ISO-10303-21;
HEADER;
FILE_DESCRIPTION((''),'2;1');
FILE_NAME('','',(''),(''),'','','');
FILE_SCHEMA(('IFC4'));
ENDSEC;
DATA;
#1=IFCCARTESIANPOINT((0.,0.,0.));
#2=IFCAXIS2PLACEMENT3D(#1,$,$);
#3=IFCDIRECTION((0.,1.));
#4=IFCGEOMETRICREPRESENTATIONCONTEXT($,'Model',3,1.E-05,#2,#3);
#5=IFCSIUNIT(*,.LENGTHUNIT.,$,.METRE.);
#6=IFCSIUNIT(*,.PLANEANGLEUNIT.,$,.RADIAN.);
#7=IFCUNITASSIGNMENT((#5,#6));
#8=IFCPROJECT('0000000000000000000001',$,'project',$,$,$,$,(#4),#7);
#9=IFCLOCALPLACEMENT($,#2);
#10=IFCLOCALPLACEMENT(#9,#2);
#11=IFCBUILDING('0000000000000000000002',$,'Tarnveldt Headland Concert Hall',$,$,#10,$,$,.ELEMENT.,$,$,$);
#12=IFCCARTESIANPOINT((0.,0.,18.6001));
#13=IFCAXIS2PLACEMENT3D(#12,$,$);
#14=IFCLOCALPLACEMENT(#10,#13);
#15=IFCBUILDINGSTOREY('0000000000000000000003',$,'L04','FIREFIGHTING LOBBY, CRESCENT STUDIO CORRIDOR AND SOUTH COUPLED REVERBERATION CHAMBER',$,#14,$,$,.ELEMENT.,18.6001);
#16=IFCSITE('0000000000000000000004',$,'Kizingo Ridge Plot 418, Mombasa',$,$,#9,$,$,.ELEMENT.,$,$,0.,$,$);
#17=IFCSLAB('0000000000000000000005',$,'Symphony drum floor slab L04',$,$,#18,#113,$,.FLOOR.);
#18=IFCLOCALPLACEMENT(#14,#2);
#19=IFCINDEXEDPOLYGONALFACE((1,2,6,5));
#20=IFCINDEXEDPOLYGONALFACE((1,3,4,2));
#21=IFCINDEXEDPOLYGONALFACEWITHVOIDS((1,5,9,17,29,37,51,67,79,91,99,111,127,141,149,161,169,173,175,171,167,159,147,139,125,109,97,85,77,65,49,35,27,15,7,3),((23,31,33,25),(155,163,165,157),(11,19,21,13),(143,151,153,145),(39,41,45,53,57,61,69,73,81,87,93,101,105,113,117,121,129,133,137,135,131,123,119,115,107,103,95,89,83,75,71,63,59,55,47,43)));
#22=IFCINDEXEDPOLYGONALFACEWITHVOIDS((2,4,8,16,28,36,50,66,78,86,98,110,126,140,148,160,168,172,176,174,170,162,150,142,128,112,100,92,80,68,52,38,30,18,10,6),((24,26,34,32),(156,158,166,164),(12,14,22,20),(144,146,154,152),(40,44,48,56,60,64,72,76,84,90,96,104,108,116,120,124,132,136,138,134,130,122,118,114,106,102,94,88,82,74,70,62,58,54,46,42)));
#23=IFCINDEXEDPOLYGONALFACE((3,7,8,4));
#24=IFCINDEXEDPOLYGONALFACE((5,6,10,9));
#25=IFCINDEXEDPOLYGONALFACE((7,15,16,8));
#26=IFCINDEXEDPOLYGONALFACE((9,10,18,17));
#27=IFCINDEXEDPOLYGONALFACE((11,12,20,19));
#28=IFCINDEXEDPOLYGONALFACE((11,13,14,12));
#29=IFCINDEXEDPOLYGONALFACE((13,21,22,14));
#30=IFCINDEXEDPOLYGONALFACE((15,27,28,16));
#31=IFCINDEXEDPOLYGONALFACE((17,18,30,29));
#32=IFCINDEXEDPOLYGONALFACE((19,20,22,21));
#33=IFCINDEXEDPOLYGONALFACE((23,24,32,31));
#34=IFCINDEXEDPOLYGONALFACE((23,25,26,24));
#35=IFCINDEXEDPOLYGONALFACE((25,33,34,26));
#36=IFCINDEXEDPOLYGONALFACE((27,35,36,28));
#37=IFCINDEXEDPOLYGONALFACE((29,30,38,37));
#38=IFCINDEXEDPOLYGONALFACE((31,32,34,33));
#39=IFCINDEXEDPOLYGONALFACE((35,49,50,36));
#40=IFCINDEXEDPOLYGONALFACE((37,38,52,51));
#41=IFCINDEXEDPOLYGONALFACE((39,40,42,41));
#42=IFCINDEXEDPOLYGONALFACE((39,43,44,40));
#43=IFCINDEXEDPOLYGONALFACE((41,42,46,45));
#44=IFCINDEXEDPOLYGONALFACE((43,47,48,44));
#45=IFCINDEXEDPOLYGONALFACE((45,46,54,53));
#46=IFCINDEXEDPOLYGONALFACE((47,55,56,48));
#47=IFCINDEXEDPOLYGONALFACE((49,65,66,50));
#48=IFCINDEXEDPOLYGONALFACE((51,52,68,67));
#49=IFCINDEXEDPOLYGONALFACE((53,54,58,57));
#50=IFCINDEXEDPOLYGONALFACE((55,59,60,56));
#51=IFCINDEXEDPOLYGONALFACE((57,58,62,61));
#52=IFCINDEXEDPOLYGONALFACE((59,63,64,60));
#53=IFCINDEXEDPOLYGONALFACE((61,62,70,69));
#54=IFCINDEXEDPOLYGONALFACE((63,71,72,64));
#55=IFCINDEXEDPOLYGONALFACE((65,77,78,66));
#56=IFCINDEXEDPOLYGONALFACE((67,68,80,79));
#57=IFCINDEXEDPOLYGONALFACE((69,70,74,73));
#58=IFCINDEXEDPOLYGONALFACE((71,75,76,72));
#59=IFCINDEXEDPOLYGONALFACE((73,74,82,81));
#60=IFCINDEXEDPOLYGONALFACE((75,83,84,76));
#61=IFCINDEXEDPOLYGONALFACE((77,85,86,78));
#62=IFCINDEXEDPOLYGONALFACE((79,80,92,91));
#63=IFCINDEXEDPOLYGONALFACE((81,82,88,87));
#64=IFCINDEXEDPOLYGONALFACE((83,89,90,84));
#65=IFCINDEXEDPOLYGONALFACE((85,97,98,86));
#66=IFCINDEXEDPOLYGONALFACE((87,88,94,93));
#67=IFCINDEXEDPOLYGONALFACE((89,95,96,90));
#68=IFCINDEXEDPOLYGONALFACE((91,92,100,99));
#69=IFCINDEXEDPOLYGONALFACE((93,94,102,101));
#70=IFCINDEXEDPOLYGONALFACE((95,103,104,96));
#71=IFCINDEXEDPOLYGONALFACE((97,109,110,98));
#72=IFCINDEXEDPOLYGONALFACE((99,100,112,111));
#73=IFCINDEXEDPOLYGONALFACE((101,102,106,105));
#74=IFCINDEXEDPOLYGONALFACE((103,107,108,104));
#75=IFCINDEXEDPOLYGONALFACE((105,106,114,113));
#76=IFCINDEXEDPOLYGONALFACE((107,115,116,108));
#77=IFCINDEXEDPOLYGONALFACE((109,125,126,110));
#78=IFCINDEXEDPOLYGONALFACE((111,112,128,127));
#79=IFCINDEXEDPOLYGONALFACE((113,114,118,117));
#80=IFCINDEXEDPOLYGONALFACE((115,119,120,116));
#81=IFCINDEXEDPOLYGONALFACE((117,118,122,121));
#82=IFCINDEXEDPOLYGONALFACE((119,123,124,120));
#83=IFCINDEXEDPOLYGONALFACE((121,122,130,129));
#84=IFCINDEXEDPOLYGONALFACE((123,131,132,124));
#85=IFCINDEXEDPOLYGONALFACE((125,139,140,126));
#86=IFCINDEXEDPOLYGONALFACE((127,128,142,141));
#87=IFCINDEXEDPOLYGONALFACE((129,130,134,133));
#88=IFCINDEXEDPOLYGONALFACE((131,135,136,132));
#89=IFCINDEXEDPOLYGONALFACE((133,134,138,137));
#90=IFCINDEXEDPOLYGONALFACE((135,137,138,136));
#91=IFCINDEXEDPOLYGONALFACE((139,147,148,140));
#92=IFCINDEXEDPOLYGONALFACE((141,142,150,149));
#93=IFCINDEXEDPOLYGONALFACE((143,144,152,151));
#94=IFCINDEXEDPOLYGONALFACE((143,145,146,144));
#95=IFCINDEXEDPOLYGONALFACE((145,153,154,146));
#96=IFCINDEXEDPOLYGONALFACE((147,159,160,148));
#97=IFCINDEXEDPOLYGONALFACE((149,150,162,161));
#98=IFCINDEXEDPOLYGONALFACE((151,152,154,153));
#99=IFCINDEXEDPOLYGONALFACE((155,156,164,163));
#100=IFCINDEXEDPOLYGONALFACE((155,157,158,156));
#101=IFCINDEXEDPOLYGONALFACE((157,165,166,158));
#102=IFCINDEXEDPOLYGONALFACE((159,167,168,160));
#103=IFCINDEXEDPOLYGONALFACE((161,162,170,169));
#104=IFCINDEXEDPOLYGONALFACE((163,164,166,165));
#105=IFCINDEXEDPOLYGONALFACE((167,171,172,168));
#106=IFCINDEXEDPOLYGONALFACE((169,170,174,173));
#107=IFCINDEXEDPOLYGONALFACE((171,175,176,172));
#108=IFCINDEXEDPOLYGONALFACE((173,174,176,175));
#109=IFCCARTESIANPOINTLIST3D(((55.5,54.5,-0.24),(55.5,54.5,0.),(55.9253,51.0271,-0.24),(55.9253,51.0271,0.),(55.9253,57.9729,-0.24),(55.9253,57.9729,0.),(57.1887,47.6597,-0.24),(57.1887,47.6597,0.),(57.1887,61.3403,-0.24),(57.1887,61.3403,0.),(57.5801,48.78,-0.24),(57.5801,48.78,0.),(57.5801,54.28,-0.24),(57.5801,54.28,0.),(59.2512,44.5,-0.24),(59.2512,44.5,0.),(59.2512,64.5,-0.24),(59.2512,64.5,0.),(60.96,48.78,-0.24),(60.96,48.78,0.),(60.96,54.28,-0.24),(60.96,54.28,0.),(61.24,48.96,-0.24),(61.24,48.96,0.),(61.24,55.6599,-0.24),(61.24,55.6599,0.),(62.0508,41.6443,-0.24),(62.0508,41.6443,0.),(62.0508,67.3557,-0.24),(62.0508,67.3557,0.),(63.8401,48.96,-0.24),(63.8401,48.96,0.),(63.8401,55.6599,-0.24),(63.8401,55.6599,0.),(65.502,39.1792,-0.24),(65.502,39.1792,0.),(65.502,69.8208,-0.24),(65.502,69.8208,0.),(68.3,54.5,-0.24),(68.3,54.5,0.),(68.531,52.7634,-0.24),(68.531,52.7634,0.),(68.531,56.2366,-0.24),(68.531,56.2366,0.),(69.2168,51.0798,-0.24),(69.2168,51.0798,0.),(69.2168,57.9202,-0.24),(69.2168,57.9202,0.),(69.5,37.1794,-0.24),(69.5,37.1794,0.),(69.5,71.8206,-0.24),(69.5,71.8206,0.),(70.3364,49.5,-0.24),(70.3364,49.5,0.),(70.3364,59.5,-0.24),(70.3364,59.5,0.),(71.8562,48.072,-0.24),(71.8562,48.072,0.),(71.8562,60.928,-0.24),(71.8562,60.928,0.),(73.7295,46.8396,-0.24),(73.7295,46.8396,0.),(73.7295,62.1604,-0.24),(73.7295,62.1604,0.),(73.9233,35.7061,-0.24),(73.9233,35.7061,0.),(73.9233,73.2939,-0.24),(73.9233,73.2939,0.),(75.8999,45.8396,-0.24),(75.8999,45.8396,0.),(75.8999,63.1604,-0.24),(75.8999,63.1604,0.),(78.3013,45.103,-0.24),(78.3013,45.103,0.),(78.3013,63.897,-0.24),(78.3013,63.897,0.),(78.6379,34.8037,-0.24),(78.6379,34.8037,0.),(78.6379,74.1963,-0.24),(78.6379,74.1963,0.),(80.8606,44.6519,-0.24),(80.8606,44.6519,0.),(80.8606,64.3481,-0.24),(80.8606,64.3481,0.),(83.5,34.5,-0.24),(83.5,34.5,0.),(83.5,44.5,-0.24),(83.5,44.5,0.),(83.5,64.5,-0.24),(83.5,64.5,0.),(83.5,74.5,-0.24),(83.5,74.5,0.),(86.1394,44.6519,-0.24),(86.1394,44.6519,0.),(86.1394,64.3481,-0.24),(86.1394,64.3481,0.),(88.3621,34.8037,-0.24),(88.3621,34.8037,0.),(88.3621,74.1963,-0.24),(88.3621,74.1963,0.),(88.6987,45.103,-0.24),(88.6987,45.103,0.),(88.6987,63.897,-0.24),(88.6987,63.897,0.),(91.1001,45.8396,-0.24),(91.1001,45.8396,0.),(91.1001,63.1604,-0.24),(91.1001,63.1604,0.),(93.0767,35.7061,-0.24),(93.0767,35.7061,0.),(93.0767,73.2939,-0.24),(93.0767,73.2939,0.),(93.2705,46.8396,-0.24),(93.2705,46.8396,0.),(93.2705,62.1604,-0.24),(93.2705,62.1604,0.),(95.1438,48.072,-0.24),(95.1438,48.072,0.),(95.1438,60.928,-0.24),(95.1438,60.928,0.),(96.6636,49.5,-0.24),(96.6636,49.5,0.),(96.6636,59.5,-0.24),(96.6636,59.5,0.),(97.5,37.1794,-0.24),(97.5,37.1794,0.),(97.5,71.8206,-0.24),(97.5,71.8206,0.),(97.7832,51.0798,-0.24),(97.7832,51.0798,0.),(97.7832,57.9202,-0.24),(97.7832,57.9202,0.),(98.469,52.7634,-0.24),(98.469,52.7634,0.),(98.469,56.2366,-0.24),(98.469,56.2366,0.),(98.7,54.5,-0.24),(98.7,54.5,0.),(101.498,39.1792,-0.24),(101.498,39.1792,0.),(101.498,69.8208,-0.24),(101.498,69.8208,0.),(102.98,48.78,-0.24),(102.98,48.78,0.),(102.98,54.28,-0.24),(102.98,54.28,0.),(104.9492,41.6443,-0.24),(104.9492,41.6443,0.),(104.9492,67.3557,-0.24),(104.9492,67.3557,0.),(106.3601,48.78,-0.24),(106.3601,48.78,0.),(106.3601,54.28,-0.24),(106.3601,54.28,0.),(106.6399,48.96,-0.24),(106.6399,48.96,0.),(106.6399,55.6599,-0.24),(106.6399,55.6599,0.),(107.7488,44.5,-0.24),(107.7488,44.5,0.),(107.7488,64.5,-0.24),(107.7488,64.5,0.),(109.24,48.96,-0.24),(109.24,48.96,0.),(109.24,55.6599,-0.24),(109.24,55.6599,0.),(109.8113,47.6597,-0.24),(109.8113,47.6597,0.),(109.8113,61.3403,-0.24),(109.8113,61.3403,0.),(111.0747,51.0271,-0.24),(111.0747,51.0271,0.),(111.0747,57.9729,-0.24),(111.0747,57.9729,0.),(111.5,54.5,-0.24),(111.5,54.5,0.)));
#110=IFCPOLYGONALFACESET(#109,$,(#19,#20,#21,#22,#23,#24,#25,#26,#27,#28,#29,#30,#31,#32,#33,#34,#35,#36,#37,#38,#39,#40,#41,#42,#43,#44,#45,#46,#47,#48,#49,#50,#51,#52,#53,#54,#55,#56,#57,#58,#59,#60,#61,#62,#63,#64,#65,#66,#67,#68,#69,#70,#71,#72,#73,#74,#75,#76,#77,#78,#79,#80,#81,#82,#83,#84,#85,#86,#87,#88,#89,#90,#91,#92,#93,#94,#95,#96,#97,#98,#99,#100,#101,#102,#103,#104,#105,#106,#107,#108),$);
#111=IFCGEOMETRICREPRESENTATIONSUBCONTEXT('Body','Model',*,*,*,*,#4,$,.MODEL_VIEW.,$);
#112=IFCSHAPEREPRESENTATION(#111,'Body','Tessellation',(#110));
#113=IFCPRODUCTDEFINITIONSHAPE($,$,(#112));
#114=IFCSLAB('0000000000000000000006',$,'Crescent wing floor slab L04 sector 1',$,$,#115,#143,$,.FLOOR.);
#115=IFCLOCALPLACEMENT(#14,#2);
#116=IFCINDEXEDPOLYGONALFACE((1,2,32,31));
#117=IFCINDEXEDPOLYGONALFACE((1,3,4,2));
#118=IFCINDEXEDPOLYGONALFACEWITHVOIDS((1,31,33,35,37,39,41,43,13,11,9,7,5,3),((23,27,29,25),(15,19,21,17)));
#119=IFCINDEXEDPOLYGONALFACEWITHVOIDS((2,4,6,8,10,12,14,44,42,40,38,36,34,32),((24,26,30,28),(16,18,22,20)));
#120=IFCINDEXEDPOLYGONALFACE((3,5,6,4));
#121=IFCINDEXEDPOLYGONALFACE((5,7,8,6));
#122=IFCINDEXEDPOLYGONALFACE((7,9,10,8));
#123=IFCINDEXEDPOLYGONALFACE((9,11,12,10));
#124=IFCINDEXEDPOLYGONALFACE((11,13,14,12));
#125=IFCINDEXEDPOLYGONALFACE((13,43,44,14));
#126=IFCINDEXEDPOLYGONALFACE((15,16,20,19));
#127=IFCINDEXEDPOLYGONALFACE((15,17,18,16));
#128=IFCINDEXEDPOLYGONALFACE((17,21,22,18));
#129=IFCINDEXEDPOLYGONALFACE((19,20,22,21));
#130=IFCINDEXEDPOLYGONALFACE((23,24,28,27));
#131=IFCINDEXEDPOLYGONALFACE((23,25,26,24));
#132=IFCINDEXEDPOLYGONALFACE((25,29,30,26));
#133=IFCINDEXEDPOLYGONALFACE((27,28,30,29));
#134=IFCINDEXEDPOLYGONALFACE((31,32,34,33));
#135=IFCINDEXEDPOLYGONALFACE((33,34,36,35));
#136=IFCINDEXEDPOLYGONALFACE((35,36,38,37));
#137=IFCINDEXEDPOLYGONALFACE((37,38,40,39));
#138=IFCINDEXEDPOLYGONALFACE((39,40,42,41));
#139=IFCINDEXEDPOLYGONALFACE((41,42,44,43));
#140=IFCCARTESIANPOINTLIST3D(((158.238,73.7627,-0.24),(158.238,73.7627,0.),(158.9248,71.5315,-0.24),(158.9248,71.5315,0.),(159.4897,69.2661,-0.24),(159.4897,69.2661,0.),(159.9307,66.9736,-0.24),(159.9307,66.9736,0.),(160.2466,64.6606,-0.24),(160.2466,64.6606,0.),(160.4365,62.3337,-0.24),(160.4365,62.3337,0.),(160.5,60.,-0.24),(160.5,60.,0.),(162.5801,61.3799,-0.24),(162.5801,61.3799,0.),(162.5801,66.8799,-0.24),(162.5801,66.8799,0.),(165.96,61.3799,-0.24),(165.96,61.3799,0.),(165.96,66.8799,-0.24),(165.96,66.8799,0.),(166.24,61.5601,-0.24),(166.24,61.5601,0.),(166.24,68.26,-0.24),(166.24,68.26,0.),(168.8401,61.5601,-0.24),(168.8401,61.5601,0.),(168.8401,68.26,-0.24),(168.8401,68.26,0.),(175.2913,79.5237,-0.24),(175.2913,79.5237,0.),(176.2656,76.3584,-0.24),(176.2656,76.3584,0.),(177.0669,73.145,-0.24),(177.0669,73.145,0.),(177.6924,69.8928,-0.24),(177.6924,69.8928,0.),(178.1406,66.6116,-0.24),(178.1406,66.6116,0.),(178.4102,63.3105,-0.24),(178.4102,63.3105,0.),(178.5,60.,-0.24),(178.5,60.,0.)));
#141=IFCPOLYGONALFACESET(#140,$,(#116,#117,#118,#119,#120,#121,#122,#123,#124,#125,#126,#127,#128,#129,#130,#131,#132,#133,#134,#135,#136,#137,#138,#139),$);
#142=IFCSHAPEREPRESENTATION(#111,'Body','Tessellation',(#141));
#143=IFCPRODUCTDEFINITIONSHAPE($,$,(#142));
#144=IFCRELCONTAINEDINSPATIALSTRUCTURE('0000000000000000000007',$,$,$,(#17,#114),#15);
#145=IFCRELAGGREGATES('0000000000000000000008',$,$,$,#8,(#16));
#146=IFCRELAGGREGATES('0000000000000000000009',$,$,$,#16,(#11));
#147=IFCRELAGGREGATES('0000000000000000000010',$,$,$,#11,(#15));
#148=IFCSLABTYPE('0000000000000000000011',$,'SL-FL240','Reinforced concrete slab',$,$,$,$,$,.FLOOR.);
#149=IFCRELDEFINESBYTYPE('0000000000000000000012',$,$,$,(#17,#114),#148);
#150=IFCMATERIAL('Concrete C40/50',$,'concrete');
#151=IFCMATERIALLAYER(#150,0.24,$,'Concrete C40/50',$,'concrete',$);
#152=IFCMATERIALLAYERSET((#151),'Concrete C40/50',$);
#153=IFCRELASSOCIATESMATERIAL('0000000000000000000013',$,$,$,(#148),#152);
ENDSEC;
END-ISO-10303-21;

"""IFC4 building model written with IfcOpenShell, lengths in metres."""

from ifc_helpers import new_model, si_unit, direction, frame, origin, place, context, subcontext, project, spatial, polyline, outline, extrude, material, layer, layer_set, type_object, element, save


model = new_model("IFC4")

# Units and contexts
model_context = context("Model", 3, precision=1e-05, world=origin(), true_north=direction((0.0, 1.0)))
body_context = subcontext(model_context, "Body", "Model", "MODEL_VIEW")
ifc_project = project(units=[si_unit("LENGTHUNIT", "METRE"), si_unit("PLANEANGLEUNIT", "RADIAN")], contexts=[model_context])

# Site, building, storey
site_placement = place(None, origin())
site = spatial("IfcSite", under=ifc_project, at=site_placement, Name="Kizingo Ridge Plot 418, Mombasa", CompositionType="ELEMENT", RefElevation=0.0)
building_placement = place(site_placement, origin())
building = spatial("IfcBuilding", under=site, at=building_placement, Name="Tarnveldt Headland Concert Hall", CompositionType="ELEMENT")
storey_placement = place(building_placement, frame((0.0, 0.0, 18.6001)))
storey = spatial("IfcBuildingStorey", under=building, at=storey_placement, Name="L04", Description="FIREFIGHTING LOBBY, CRESCENT STUDIO CORRIDOR AND SOUTH COUPLED REVERBERATION CHAMBER", CompositionType="ELEMENT", Elevation=18.6001)

# Slabs
ifc_material_1 = material(Name="Concrete C40/50", Category="concrete")
ifc_layer_1 = layer(ifc_material_1, 0.24, Name="Concrete C40/50", Category="concrete")
ifc_layer_set_1 = layer_set([ifc_layer_1], Name="Concrete C40/50")
slab_type_1 = type_object("IfcSlabType", Name="SL-FL240", Description="Reinforced concrete slab", PredefinedType="FLOOR", material=ifc_layer_set_1)
slab_1_placement = place(storey_placement, frame((0.0, 0.0, -0.24)))
element("IfcSlab", 1, at=slab_1_placement, inside=storey, type_object=slab_type_1, Name="Symphony drum floor slab L04", PredefinedType="FLOOR", context=body_context, shape_type="SweptSolid", body=[
    extrude(outline(polyline([(101.498, 39.1792), (104.9492, 41.6443), (107.7488, 44.5), (109.8113, 47.6597), (111.0747, 51.0271), (111.5, 54.5), (111.0747, 57.9729), (109.8113, 61.3403), (107.7488, 64.5), (104.9492, 67.3557), (101.498, 69.8208), (97.5, 71.8206), (93.0767, 73.2939), (88.3621, 74.1963), (83.5, 74.5), (78.6379, 74.1963), (73.9233, 73.2939), (69.5, 71.8206), (65.502, 69.8208), (62.0508, 67.3557), (59.2512, 64.5), (57.1887, 61.3403), (55.9253, 57.9729), (55.5, 54.5), (55.9253, 51.0271), (57.1887, 47.6597), (59.2512, 44.5), (62.0508, 41.6443), (65.502, 39.1792), (69.5, 37.1794), (73.9233, 35.7061), (78.6379, 34.8037), (83.5, 34.5), (88.3621, 34.8037), (93.0767, 35.7061), (97.5, 37.1794), (101.498, 39.1792)]), holes=[polyline([(93.2705, 62.1604), (95.1438, 60.928), (96.6636, 59.5), (97.7832, 57.9202), (98.469, 56.2366), (98.7, 54.5), (98.469, 52.7634), (97.7832, 51.0798), (96.6636, 49.5), (95.1438, 48.072), (93.2705, 46.8396), (91.1001, 45.8396), (88.6987, 45.103), (86.1394, 44.6519), (83.5, 44.5), (80.8606, 44.6519), (78.3013, 45.103), (75.8999, 45.8396), (73.7295, 46.8396), (71.8562, 48.072), (70.3364, 49.5), (69.2168, 51.0798), (68.531, 52.7634), (68.3, 54.5), (68.531, 56.2366), (69.2168, 57.9202), (70.3364, 59.5), (71.8562, 60.928), (73.7295, 62.1604), (75.8999, 63.1604), (78.3013, 63.897), (80.8606, 64.3481), (83.5, 64.5), (86.1394, 64.3481), (88.6987, 63.897), (91.1001, 63.1604), (93.2705, 62.1604)]), polyline([(60.96, 48.78), (57.5801, 48.78), (57.5801, 54.28), (60.96, 54.28), (60.96, 48.78)]), polyline([(61.24, 48.96), (61.24, 55.6599), (63.8401, 55.6599), (63.8401, 48.96), (61.24, 48.96)]), polyline([(102.98, 54.28), (106.3601, 54.28), (106.3601, 48.78), (102.98, 48.78), (102.98, 54.28)]), polyline([(109.24, 55.6599), (109.24, 48.96), (106.6399, 48.96), (106.6399, 55.6599), (109.24, 55.6599)])]), origin(), (0.0, 0.0, 1.0), 0.24),
])
slab_2_placement = place(storey_placement, frame((0.0, 0.0, -0.24)))
element("IfcSlab", 2, at=slab_2_placement, inside=storey, type_object=slab_type_1, Name="Crescent wing floor slab L04 sector 1", PredefinedType="FLOOR", context=body_context, shape_type="SweptSolid", body=[
    extrude(outline(polyline([(160.4365, 62.3337), (160.5, 60.0), (178.5, 60.0), (178.4102, 63.3105), (178.1406, 66.6116), (177.6924, 69.8928), (177.0669, 73.145), (176.2656, 76.3584), (175.2913, 79.5237), (158.238, 73.7627), (158.9248, 71.5315), (159.4897, 69.2661), (159.9307, 66.9736), (160.2466, 64.6606), (160.4365, 62.3337)]), holes=[polyline([(162.5801, 66.8799), (165.96, 66.8799), (165.96, 61.3799), (162.5801, 61.3799), (162.5801, 66.8799)]), polyline([(168.8401, 68.26), (168.8401, 61.5601), (166.24, 61.5601), (166.24, 68.26), (168.8401, 68.26)])]), origin(), (0.0, 0.0, 1.0), 0.24),
])

save(model, "model.ifc")
